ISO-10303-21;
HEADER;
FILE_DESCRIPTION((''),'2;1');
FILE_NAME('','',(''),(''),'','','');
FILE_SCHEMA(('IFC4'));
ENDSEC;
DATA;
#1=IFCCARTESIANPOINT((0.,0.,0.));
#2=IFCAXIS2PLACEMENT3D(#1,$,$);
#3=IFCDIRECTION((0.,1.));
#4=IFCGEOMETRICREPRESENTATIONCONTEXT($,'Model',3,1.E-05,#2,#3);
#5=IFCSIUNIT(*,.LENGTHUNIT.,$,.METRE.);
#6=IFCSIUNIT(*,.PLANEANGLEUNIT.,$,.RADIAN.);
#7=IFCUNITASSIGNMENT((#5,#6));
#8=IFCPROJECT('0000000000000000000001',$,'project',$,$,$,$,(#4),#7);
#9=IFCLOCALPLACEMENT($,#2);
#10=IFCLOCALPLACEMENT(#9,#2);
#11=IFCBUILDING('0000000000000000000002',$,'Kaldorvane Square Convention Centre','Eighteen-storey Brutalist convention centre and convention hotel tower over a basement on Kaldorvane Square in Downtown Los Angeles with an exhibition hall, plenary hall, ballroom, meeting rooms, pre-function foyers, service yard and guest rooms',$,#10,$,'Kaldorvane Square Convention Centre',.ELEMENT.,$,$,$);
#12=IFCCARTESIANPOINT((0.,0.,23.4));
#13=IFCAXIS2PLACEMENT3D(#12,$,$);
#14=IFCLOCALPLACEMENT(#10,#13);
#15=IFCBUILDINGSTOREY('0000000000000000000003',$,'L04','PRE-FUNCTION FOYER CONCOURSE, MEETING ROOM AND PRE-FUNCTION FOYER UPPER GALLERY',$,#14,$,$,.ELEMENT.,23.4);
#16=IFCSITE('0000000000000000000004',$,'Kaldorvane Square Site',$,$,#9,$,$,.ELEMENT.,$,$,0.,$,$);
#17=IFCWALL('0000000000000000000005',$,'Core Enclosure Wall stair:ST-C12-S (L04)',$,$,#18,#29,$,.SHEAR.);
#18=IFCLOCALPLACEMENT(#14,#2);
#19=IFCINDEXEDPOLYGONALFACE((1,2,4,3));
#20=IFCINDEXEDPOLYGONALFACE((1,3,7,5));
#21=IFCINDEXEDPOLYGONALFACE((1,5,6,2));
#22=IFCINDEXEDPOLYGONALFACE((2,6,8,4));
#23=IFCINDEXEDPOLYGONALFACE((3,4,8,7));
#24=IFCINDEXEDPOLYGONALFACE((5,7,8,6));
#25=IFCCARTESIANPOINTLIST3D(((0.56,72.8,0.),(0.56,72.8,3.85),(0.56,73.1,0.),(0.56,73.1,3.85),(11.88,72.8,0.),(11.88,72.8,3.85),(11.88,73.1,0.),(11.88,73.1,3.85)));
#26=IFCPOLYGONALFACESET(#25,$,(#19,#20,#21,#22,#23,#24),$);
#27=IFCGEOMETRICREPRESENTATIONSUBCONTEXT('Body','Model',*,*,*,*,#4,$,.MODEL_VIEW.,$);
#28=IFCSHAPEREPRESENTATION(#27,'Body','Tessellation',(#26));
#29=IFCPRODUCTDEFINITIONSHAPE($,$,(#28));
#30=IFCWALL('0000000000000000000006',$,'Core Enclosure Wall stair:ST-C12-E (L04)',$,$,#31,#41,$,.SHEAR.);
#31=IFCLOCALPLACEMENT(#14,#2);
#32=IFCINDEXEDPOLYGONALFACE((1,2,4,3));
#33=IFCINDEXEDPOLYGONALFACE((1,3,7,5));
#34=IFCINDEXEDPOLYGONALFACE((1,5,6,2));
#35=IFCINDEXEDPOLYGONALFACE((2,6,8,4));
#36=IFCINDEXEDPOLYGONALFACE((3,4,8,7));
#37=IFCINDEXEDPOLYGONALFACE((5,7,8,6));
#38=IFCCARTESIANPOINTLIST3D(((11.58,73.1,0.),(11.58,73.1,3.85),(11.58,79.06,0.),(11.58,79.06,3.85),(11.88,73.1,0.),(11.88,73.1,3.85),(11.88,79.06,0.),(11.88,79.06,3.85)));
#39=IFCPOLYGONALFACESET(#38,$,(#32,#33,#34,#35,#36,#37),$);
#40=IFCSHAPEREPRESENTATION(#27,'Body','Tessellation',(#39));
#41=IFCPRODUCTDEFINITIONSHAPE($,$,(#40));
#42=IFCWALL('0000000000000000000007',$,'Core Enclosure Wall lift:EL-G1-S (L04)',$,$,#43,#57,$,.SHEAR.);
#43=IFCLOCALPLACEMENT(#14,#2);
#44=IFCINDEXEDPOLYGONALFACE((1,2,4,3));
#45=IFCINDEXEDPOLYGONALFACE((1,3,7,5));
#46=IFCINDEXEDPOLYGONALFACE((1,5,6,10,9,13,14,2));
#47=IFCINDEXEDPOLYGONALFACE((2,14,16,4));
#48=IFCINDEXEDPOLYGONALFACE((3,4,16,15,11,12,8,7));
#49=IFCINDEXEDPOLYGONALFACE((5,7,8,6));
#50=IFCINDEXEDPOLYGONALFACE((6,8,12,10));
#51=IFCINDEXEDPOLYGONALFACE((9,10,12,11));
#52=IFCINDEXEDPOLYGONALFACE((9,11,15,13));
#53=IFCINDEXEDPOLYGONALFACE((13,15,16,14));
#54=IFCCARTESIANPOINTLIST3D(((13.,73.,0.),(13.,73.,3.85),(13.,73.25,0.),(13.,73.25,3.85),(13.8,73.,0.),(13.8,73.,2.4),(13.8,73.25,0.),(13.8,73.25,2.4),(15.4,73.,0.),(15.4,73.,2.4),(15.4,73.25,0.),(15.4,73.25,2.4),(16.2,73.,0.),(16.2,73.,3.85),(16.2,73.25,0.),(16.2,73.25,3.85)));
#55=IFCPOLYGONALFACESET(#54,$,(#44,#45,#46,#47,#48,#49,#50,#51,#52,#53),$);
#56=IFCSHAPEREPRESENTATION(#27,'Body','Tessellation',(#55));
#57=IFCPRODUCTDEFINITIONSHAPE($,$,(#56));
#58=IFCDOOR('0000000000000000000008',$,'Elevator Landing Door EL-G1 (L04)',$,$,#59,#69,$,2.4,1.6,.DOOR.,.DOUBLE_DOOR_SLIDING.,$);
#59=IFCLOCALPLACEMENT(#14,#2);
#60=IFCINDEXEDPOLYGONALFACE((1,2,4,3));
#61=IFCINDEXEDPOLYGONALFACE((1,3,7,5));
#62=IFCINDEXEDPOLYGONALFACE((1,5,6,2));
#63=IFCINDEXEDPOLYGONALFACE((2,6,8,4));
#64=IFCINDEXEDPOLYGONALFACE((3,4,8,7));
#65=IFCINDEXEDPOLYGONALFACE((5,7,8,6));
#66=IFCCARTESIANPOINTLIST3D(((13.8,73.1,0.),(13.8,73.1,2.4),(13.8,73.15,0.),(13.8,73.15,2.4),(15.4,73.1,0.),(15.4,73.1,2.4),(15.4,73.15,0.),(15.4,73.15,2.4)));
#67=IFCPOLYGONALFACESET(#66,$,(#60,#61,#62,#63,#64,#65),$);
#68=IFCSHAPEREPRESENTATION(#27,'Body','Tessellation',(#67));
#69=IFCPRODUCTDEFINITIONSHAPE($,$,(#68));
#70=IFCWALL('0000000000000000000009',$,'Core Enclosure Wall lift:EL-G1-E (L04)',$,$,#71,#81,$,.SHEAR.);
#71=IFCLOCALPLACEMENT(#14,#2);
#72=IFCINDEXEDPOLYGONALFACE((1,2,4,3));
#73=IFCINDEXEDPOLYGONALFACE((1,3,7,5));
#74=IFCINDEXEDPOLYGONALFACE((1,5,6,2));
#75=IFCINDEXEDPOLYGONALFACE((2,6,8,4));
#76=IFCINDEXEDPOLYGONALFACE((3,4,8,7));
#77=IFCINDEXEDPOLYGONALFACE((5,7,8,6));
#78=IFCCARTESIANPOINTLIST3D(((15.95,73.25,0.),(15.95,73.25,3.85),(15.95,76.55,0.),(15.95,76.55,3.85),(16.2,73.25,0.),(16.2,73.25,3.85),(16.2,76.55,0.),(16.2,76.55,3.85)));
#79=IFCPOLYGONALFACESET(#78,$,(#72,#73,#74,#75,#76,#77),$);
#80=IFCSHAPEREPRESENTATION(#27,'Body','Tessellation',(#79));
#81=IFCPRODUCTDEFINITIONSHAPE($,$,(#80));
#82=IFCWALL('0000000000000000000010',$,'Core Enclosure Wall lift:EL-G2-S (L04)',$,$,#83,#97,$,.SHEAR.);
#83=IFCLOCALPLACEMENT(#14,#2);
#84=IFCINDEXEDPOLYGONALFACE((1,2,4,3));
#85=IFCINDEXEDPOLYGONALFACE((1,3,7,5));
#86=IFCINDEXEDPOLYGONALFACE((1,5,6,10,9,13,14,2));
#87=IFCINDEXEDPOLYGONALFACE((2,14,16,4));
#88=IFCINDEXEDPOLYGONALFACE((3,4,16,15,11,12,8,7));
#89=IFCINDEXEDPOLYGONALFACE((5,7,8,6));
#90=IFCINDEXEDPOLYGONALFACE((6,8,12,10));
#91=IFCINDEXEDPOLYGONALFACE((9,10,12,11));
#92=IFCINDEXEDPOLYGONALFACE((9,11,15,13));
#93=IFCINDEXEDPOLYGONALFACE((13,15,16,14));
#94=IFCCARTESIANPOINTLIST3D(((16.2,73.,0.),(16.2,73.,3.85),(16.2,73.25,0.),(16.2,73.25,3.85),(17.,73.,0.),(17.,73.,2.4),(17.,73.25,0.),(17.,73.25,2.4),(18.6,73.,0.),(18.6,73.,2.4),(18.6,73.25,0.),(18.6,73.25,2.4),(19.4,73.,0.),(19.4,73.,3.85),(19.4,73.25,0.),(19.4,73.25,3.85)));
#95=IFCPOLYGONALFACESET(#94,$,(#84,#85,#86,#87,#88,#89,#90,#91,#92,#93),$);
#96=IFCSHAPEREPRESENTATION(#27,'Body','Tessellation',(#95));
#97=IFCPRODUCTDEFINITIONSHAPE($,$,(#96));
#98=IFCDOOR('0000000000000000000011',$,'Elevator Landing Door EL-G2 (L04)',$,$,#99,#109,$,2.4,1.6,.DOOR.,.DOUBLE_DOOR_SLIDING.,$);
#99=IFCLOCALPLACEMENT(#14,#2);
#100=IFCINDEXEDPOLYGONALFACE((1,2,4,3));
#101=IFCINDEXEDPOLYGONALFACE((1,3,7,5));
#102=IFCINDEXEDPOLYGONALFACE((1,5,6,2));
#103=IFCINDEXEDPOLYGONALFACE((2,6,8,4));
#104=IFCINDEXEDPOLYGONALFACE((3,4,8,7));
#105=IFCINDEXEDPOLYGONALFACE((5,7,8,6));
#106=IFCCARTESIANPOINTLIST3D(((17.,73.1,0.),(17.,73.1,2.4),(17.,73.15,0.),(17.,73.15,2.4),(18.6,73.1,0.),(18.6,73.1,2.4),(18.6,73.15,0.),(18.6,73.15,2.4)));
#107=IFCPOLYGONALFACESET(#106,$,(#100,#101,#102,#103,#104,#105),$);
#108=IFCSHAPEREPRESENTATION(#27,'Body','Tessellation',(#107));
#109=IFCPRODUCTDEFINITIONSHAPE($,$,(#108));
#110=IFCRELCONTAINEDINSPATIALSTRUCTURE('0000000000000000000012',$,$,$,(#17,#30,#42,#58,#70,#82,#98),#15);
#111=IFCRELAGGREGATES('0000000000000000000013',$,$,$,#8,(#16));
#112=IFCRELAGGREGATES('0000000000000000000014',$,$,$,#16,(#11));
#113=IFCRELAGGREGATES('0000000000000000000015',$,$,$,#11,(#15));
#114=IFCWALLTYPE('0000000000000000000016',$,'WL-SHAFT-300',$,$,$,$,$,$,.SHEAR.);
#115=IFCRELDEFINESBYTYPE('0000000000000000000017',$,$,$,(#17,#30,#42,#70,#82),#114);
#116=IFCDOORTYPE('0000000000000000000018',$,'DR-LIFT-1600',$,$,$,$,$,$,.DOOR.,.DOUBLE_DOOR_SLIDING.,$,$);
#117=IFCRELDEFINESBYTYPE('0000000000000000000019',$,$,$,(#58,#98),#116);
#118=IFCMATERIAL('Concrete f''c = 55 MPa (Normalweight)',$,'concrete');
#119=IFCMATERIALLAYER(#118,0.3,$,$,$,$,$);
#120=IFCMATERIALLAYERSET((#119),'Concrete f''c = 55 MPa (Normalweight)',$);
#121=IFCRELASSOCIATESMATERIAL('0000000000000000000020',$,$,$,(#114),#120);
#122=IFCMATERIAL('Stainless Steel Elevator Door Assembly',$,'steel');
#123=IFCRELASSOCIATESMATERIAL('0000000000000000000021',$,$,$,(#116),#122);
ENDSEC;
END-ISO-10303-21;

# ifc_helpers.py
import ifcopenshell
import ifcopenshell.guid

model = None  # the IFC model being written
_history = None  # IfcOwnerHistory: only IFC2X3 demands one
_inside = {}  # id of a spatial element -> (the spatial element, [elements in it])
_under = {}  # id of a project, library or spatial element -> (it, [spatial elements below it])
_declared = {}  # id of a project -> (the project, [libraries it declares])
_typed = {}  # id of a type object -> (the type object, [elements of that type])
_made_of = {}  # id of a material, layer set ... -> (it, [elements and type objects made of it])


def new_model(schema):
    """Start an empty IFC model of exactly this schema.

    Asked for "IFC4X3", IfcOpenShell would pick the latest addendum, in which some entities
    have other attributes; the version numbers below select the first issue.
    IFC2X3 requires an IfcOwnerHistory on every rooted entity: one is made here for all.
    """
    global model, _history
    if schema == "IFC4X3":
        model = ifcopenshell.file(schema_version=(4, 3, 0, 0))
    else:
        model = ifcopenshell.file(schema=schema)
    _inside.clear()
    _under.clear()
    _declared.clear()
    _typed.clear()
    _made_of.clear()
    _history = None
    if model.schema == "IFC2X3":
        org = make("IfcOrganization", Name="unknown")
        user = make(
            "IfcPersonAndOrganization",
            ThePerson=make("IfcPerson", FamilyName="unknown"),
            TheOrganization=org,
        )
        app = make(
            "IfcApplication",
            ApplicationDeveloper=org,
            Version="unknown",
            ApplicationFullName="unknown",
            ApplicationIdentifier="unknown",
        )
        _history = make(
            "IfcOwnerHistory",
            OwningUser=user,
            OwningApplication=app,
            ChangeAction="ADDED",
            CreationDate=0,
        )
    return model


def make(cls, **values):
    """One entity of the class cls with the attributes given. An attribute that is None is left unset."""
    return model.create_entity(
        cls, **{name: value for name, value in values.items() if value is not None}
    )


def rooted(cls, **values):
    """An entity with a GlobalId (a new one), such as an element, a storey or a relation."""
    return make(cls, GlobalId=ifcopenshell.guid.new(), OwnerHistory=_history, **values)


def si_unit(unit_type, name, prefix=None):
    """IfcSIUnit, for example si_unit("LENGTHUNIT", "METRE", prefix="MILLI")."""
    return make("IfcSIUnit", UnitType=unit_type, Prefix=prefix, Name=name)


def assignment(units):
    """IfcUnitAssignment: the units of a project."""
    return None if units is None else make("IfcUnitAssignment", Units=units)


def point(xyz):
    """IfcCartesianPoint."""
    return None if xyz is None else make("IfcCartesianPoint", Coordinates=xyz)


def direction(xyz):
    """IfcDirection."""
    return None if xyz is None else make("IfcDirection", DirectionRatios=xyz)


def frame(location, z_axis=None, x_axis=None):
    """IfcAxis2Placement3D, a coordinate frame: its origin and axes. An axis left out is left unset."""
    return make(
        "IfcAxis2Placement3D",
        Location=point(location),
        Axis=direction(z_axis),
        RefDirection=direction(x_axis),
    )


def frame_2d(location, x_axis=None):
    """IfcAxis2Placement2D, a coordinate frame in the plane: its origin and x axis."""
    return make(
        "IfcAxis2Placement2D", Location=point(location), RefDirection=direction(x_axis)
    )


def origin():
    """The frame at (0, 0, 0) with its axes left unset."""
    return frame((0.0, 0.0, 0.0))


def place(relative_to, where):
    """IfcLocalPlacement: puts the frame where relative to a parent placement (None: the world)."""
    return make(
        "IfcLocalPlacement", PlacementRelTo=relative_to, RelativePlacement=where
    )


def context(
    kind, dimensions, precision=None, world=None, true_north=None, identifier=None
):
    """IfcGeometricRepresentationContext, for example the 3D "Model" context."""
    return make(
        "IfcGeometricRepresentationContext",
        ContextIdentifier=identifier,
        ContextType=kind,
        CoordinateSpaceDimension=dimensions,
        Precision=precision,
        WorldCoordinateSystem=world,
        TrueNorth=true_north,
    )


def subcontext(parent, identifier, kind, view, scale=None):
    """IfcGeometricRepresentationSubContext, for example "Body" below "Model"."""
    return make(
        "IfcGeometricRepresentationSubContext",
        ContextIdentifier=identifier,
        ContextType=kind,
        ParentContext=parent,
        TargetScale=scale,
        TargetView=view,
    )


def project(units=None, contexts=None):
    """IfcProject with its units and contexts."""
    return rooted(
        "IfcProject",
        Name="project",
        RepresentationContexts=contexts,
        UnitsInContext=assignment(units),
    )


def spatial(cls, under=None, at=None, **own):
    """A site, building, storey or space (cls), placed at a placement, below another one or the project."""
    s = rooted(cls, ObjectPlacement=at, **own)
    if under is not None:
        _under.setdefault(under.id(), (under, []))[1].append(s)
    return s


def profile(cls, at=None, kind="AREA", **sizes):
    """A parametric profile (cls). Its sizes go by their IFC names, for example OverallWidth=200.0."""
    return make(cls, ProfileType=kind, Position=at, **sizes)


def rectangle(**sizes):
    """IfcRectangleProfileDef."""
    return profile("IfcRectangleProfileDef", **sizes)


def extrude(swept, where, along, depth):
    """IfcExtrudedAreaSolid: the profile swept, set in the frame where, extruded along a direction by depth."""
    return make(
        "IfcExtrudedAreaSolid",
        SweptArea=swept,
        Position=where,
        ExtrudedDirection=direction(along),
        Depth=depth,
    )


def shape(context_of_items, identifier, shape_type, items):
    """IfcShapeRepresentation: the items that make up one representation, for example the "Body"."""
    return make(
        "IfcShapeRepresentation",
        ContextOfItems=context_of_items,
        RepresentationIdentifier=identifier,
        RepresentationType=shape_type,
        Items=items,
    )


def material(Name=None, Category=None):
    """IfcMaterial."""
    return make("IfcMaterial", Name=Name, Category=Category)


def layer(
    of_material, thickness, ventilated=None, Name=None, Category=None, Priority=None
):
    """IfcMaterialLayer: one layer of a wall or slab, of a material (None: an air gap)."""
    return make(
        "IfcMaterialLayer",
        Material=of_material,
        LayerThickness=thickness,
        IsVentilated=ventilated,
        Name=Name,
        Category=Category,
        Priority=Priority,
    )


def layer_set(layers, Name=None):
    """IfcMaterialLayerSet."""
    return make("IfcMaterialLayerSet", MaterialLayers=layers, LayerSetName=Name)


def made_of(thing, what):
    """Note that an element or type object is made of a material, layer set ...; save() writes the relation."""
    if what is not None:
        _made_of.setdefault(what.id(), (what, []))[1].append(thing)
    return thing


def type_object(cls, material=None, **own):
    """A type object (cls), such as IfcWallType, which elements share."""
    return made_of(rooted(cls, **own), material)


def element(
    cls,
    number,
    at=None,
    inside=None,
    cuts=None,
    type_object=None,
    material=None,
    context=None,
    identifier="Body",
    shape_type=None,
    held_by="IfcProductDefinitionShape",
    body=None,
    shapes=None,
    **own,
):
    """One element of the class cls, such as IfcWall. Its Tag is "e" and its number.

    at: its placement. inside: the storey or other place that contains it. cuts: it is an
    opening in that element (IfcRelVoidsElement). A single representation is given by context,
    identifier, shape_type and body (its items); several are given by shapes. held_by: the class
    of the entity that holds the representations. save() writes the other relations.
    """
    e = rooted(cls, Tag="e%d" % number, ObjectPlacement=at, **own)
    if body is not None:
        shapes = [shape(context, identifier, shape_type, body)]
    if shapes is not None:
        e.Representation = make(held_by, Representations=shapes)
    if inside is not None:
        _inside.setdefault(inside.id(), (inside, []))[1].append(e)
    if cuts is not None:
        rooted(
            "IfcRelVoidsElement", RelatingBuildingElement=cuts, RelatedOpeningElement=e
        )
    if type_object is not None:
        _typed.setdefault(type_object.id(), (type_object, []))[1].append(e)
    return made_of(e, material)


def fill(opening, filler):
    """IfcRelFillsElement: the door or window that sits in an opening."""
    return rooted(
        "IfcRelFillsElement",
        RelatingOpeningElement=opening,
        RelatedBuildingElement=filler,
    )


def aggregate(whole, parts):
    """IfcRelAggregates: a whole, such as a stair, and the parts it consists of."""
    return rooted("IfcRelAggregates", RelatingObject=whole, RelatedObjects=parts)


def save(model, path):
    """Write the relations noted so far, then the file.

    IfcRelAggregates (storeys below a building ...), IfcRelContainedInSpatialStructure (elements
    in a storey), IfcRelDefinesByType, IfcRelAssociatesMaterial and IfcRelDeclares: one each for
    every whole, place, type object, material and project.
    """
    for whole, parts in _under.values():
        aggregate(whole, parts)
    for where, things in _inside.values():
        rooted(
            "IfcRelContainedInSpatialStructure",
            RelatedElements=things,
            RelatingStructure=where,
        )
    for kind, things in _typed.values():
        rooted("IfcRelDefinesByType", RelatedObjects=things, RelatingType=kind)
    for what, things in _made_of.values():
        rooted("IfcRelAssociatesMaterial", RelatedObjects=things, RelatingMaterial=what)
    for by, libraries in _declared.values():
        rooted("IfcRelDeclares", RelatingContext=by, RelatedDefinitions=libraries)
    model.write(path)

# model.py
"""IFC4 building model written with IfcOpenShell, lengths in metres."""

from ifc_helpers import new_model, si_unit, direction, frame, frame_2d, origin, place, context, subcontext, project, spatial, rectangle, extrude, material, layer, layer_set, type_object, element, fill, save


model = new_model("IFC4")

# Units and contexts
model_context = context("Model", 3, precision=1e-05, world=origin(), true_north=direction((0.0, 1.0)))
body_context = subcontext(model_context, "Body", "Model", "MODEL_VIEW")
ifc_project = project(units=[si_unit("LENGTHUNIT", "METRE"), si_unit("PLANEANGLEUNIT", "RADIAN")], contexts=[model_context])

# Site, building, storey
site_placement = place(None, origin())
site = spatial("IfcSite", under=ifc_project, at=site_placement, Name="Kaldorvane Square Site", CompositionType="ELEMENT", RefElevation=0.0)
building_placement = place(site_placement, origin())
building = spatial("IfcBuilding", under=site, at=building_placement, Name="Kaldorvane Square Convention Centre", Description="Eighteen-storey Brutalist convention centre and convention hotel tower over a basement on Kaldorvane Square in Downtown Los Angeles with an exhibition hall, plenary hall, ballroom, meeting rooms, pre-function foyers, service yard and guest rooms", LongName="Kaldorvane Square Convention Centre", CompositionType="ELEMENT")
storey_placement = place(building_placement, frame((0.0, 0.0, 23.4)))
storey = spatial("IfcBuildingStorey", under=building, at=storey_placement, Name="L04", Description="PRE-FUNCTION FOYER CONCOURSE, MEETING ROOM AND PRE-FUNCTION FOYER UPPER GALLERY", CompositionType="ELEMENT", Elevation=23.4)

# Walls
ifc_material_1 = material(Name="Concrete f'c = 55 MPa (Normalweight)", Category="concrete")
ifc_layer_1 = layer(ifc_material_1, 0.3)
ifc_layer_set_1 = layer_set([ifc_layer_1], Name="Concrete f'c = 55 MPa (Normalweight)")
wall_type_1 = type_object("IfcWallType", Name="WL-SHAFT-300", PredefinedType="SHEAR", material=ifc_layer_set_1)
wall_1_placement = place(storey_placement, frame((0.56, 72.95, 0.0), z_axis=(0.0, 0.0, 1.0), x_axis=(1.0, 0.0, 0.0)))
element("IfcWall", 1, at=wall_1_placement, inside=storey, type_object=wall_type_1, Name="Core Enclosure Wall stair:ST-C12-S (L04)", PredefinedType="SHEAR", context=body_context, shape_type="SweptSolid", body=[
    extrude(rectangle(XDim=11.32, YDim=0.3, at=frame_2d((5.66, 0.0))), origin(), (0.0, 0.0, 1.0), 3.85),
])
wall_2_placement = place(storey_placement, frame((11.73, 73.1, 0.0), z_axis=(0.0, 0.0, 1.0), x_axis=(0.0, 1.0, 0.0)))
element("IfcWall", 2, at=wall_2_placement, inside=storey, type_object=wall_type_1, Name="Core Enclosure Wall stair:ST-C12-E (L04)", PredefinedType="SHEAR", context=body_context, shape_type="SweptSolid", body=[
    extrude(rectangle(XDim=5.96, YDim=0.3, at=frame_2d((2.98, 0.0))), origin(), (0.0, 0.0, 1.0), 3.85),
])

# Wall, opening, door
wall_3_placement = place(storey_placement, frame((13.0, 73.125, 0.0), z_axis=(0.0, 0.0, 1.0), x_axis=(1.0, 0.0, 0.0)))
wall_3 = element("IfcWall", 3, at=wall_3_placement, inside=storey, type_object=wall_type_1, Name="Core Enclosure Wall lift:EL-G1-S (L04)", PredefinedType="SHEAR", context=body_context, shape_type="SweptSolid", body=[
    extrude(rectangle(XDim=3.2, YDim=0.25, at=frame_2d((1.6, 0.0))), origin(), (0.0, 0.0, 1.0), 3.85),
])
opening_1_placement = place(wall_3_placement, frame((0.8, 0.0, 0.0)))
opening_1 = element("IfcOpeningElement", 4, at=opening_1_placement, cuts=wall_3, PredefinedType="OPENING", context=body_context, shape_type="SweptSolid", body=[
    extrude(rectangle(XDim=1.6, YDim=2.4, at=frame_2d((0.8, 1.2))), frame((0.0, 0.14, 0.0), z_axis=(0.0, -1.0, 0.0), x_axis=(1.0, 0.0, 0.0)), (0.0, 0.0, 1.0), 0.28),
])
ifc_material_2 = material(Name="Stainless Steel Elevator Door Assembly", Category="steel")
door_type_1 = type_object("IfcDoorType", Name="DR-LIFT-1600", OperationType="DOUBLE_DOOR_SLIDING", PredefinedType="DOOR", material=ifc_material_2)
door_1_placement = place(opening_1_placement, origin())
door_1 = element("IfcDoor", 5, at=door_1_placement, inside=storey, type_object=door_type_1, Name="Elevator Landing Door EL-G1 (L04)", OperationType="DOUBLE_DOOR_SLIDING", OverallHeight=2.4, OverallWidth=1.6, PredefinedType="DOOR", context=body_context, shape_type="SweptSolid", body=[
    extrude(rectangle(XDim=1.6, YDim=2.4, at=frame_2d((0.8, 1.2))), frame((0.0, 0.025, 0.0), z_axis=(0.0, -1.0, 0.0), x_axis=(1.0, 0.0, 0.0)), (0.0, 0.0, 1.0), 0.05),
])
fill(opening_1, door_1)

# Wall
wall_4_placement = place(storey_placement, frame((16.075, 73.25, 0.0), z_axis=(0.0, 0.0, 1.0), x_axis=(0.0, 1.0, 0.0)))
element("IfcWall", 6, at=wall_4_placement, inside=storey, type_object=wall_type_1, Name="Core Enclosure Wall lift:EL-G1-E (L04)", PredefinedType="SHEAR", context=body_context, shape_type="SweptSolid", body=[
    extrude(rectangle(XDim=3.3, YDim=0.25, at=frame_2d((1.65, 0.0))), origin(), (0.0, 0.0, 1.0), 3.85),
])

# Wall, opening, door
wall_5_placement = place(storey_placement, frame((16.2, 73.125, 0.0), z_axis=(0.0, 0.0, 1.0), x_axis=(1.0, 0.0, 0.0)))
wall_5 = element("IfcWall", 7, at=wall_5_placement, inside=storey, type_object=wall_type_1, Name="Core Enclosure Wall lift:EL-G2-S (L04)", PredefinedType="SHEAR", context=body_context, shape_type="SweptSolid", body=[
    extrude(rectangle(XDim=3.2, YDim=0.25, at=frame_2d((1.6, 0.0))), origin(), (0.0, 0.0, 1.0), 3.85),
])
opening_2_placement = place(wall_5_placement, frame((0.8, 0.0, 0.0)))
opening_2 = element("IfcOpeningElement", 8, at=opening_2_placement, cuts=wall_5, PredefinedType="OPENING", context=body_context, shape_type="SweptSolid", body=[
    extrude(rectangle(XDim=1.6, YDim=2.4, at=frame_2d((0.8, 1.2))), frame((0.0, 0.14, 0.0), z_axis=(0.0, -1.0, 0.0), x_axis=(1.0, 0.0, 0.0)), (0.0, 0.0, 1.0), 0.28),
])
door_2_placement = place(opening_2_placement, origin())
door_2 = element("IfcDoor", 9, at=door_2_placement, inside=storey, type_object=door_type_1, Name="Elevator Landing Door EL-G2 (L04)", OperationType="DOUBLE_DOOR_SLIDING", OverallHeight=2.4, OverallWidth=1.6, PredefinedType="DOOR", context=body_context, shape_type="SweptSolid", body=[
    extrude(rectangle(XDim=1.6, YDim=2.4, at=frame_2d((0.8, 1.2))), frame((0.0, 0.025, 0.0), z_axis=(0.0, -1.0, 0.0), x_axis=(1.0, 0.0, 0.0)), (0.0, 0.0, 1.0), 0.05),
])
fill(opening_2, door_2)

save(model, "model.ifc")
